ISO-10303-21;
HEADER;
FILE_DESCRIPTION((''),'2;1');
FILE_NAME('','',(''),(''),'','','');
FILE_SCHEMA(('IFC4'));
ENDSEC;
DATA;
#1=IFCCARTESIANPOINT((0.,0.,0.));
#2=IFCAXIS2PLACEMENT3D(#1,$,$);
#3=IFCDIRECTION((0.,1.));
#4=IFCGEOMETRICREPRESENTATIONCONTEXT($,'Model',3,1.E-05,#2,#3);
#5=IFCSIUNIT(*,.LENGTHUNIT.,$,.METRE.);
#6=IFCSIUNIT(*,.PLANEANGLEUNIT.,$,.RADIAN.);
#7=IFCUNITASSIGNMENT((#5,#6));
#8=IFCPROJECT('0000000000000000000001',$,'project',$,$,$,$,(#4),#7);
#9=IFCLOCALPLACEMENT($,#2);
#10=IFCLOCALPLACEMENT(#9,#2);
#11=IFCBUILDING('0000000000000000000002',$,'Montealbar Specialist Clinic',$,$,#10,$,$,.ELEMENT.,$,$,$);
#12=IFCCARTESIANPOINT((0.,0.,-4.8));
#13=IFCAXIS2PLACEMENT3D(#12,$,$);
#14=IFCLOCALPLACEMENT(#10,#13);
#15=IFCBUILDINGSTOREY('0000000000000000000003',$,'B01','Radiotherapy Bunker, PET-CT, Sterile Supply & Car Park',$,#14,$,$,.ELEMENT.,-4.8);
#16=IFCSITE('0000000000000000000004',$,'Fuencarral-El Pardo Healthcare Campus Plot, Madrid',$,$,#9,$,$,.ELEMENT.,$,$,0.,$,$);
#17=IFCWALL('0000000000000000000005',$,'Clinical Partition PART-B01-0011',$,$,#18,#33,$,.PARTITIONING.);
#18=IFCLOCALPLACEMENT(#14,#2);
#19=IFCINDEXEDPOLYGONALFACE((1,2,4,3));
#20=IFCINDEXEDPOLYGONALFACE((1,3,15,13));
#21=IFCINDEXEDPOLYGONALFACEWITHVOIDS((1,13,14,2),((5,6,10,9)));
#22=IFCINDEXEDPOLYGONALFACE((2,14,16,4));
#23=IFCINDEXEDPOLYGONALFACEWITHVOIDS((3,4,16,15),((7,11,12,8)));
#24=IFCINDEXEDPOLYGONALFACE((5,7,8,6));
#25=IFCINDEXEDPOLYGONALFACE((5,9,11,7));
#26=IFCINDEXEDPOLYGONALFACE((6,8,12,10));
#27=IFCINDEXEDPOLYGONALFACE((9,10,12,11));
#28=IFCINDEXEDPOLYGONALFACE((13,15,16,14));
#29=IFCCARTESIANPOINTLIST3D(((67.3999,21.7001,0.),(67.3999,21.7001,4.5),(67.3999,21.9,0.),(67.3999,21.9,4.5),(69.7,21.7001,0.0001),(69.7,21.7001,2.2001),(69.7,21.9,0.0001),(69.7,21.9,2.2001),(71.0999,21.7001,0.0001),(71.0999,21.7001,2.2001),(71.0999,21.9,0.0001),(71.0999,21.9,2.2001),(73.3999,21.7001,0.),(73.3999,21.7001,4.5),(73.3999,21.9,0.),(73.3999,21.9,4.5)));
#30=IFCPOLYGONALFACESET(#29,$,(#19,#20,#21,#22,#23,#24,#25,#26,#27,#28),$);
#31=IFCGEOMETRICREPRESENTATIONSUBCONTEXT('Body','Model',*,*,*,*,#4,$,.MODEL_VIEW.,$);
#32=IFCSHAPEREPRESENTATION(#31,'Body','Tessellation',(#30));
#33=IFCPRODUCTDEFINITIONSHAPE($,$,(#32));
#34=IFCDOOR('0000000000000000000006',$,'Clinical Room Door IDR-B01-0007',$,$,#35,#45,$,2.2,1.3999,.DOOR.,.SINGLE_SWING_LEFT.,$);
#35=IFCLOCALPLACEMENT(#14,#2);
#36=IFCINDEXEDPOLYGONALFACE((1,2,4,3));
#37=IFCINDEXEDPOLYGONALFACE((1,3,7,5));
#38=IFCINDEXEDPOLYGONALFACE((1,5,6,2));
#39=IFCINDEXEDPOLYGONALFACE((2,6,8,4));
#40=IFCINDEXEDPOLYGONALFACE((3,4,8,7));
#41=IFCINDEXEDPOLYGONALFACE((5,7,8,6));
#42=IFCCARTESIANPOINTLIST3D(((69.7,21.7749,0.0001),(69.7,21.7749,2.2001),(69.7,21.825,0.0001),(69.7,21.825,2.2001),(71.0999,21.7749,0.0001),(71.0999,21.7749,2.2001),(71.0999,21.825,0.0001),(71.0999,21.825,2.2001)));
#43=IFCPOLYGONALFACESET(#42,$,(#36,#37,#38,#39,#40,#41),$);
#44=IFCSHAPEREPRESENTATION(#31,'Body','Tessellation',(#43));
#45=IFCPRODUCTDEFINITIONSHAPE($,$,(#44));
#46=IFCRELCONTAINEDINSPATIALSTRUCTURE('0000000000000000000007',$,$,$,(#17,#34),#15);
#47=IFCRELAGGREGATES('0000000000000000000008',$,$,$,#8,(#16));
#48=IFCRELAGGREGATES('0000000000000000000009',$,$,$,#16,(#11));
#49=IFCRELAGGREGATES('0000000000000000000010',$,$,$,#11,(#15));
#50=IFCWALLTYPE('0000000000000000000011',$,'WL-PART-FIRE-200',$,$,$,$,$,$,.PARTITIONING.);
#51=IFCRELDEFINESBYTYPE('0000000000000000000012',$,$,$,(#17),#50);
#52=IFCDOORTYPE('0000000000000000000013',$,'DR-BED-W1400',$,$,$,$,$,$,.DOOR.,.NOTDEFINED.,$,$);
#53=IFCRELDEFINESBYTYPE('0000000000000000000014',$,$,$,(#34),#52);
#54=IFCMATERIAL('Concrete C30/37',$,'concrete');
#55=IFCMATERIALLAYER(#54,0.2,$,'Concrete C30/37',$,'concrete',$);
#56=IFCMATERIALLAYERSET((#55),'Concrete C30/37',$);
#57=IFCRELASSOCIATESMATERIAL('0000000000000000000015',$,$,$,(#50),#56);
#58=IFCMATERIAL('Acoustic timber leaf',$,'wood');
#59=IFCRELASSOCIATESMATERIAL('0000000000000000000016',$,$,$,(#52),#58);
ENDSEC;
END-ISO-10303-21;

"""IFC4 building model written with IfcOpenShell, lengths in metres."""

from ifc_helpers import new_model, si_unit, direction, frame, frame_2d, origin, place, context, subcontext, project, spatial, rectangle, extrude, material, layer, layer_set, type_object, element, fill, save


model = new_model("IFC4")

# Units and contexts
model_context = context("Model", 3, precision=1e-05, world=origin(), true_north=direction((0.0, 1.0)))
body_context = subcontext(model_context, "Body", "Model", "MODEL_VIEW")
ifc_project = project(units=[si_unit("LENGTHUNIT", "METRE"), si_unit("PLANEANGLEUNIT", "RADIAN")], contexts=[model_context])

# Site, building, storey
site_placement = place(None, origin())
site = spatial("IfcSite", under=ifc_project, at=site_placement, Name="Fuencarral-El Pardo Healthcare Campus Plot, Madrid", CompositionType="ELEMENT", RefElevation=0.0)
building_placement = place(site_placement, origin())
building = spatial("IfcBuilding", under=site, at=building_placement, Name="Montealbar Specialist Clinic", CompositionType="ELEMENT")
storey_placement = place(building_placement, frame((0.0, 0.0, -4.8)))
storey = spatial("IfcBuildingStorey", under=building, at=storey_placement, Name="B01", Description="Radiotherapy Bunker, PET-CT, Sterile Supply & Car Park", CompositionType="ELEMENT", Elevation=-4.8)

# Wall, opening, door
ifc_material_1 = material(Name="Concrete C30/37", Category="concrete")
ifc_layer = layer(ifc_material_1, 0.2, Name="Concrete C30/37", Category="concrete")
ifc_layer_set = layer_set([ifc_layer], Name="Concrete C30/37")
wall_type = type_object("IfcWallType", Name="WL-PART-FIRE-200", PredefinedType="PARTITIONING", material=ifc_layer_set)
wall_placement = place(storey_placement, frame((67.3999, 21.8, 0.0), z_axis=(0.0, 0.0, 1.0), x_axis=(1.0, 0.0, 0.0)))
wall = element("IfcWall", 1, at=wall_placement, inside=storey, type_object=wall_type, Name="Clinical Partition PART-B01-0011", PredefinedType="PARTITIONING", context=body_context, shape_type="SweptSolid", body=[
    extrude(rectangle(XDim=6.0, YDim=0.2, at=frame_2d((3.0, 0.0))), origin(), (0.0, 0.0, 1.0), 4.5),
])
opening_placement = place(wall_placement, frame((2.3, 0.0, 0.0)))
opening = element("IfcOpeningElement", 2, at=opening_placement, cuts=wall, PredefinedType="OPENING", context=body_context, shape_type="SweptSolid", body=[
    extrude(rectangle(XDim=1.3999, YDim=2.2, at=frame_2d((0.7, 1.1001))), frame((0.0, 0.1099, 0.0), z_axis=(0.0, -1.0, 0.0), x_axis=(1.0, 0.0, 0.0)), (0.0, 0.0, 1.0), 0.22),
])
ifc_material_2 = material(Name="Acoustic timber leaf", Category="wood")
door_type = type_object("IfcDoorType", Name="DR-BED-W1400", OperationType="NOTDEFINED", PredefinedType="DOOR", material=ifc_material_2)
door_placement = place(opening_placement, origin())
door = element("IfcDoor", 3, at=door_placement, inside=storey, type_object=door_type, Name="Clinical Room Door IDR-B01-0007", OperationType="SINGLE_SWING_LEFT", OverallHeight=2.2, OverallWidth=1.3999, PredefinedType="DOOR", context=body_context, shape_type="SweptSolid", body=[
    extrude(rectangle(XDim=1.3999, YDim=2.2, at=frame_2d((0.7, 1.1001))), frame((0.0, 0.0249, 0.0), z_axis=(0.0, -1.0, 0.0), x_axis=(1.0, 0.0, 0.0)), (0.0, 0.0, 1.0), 0.05),
])
fill(opening, door)

save(model, "model.ifc")
